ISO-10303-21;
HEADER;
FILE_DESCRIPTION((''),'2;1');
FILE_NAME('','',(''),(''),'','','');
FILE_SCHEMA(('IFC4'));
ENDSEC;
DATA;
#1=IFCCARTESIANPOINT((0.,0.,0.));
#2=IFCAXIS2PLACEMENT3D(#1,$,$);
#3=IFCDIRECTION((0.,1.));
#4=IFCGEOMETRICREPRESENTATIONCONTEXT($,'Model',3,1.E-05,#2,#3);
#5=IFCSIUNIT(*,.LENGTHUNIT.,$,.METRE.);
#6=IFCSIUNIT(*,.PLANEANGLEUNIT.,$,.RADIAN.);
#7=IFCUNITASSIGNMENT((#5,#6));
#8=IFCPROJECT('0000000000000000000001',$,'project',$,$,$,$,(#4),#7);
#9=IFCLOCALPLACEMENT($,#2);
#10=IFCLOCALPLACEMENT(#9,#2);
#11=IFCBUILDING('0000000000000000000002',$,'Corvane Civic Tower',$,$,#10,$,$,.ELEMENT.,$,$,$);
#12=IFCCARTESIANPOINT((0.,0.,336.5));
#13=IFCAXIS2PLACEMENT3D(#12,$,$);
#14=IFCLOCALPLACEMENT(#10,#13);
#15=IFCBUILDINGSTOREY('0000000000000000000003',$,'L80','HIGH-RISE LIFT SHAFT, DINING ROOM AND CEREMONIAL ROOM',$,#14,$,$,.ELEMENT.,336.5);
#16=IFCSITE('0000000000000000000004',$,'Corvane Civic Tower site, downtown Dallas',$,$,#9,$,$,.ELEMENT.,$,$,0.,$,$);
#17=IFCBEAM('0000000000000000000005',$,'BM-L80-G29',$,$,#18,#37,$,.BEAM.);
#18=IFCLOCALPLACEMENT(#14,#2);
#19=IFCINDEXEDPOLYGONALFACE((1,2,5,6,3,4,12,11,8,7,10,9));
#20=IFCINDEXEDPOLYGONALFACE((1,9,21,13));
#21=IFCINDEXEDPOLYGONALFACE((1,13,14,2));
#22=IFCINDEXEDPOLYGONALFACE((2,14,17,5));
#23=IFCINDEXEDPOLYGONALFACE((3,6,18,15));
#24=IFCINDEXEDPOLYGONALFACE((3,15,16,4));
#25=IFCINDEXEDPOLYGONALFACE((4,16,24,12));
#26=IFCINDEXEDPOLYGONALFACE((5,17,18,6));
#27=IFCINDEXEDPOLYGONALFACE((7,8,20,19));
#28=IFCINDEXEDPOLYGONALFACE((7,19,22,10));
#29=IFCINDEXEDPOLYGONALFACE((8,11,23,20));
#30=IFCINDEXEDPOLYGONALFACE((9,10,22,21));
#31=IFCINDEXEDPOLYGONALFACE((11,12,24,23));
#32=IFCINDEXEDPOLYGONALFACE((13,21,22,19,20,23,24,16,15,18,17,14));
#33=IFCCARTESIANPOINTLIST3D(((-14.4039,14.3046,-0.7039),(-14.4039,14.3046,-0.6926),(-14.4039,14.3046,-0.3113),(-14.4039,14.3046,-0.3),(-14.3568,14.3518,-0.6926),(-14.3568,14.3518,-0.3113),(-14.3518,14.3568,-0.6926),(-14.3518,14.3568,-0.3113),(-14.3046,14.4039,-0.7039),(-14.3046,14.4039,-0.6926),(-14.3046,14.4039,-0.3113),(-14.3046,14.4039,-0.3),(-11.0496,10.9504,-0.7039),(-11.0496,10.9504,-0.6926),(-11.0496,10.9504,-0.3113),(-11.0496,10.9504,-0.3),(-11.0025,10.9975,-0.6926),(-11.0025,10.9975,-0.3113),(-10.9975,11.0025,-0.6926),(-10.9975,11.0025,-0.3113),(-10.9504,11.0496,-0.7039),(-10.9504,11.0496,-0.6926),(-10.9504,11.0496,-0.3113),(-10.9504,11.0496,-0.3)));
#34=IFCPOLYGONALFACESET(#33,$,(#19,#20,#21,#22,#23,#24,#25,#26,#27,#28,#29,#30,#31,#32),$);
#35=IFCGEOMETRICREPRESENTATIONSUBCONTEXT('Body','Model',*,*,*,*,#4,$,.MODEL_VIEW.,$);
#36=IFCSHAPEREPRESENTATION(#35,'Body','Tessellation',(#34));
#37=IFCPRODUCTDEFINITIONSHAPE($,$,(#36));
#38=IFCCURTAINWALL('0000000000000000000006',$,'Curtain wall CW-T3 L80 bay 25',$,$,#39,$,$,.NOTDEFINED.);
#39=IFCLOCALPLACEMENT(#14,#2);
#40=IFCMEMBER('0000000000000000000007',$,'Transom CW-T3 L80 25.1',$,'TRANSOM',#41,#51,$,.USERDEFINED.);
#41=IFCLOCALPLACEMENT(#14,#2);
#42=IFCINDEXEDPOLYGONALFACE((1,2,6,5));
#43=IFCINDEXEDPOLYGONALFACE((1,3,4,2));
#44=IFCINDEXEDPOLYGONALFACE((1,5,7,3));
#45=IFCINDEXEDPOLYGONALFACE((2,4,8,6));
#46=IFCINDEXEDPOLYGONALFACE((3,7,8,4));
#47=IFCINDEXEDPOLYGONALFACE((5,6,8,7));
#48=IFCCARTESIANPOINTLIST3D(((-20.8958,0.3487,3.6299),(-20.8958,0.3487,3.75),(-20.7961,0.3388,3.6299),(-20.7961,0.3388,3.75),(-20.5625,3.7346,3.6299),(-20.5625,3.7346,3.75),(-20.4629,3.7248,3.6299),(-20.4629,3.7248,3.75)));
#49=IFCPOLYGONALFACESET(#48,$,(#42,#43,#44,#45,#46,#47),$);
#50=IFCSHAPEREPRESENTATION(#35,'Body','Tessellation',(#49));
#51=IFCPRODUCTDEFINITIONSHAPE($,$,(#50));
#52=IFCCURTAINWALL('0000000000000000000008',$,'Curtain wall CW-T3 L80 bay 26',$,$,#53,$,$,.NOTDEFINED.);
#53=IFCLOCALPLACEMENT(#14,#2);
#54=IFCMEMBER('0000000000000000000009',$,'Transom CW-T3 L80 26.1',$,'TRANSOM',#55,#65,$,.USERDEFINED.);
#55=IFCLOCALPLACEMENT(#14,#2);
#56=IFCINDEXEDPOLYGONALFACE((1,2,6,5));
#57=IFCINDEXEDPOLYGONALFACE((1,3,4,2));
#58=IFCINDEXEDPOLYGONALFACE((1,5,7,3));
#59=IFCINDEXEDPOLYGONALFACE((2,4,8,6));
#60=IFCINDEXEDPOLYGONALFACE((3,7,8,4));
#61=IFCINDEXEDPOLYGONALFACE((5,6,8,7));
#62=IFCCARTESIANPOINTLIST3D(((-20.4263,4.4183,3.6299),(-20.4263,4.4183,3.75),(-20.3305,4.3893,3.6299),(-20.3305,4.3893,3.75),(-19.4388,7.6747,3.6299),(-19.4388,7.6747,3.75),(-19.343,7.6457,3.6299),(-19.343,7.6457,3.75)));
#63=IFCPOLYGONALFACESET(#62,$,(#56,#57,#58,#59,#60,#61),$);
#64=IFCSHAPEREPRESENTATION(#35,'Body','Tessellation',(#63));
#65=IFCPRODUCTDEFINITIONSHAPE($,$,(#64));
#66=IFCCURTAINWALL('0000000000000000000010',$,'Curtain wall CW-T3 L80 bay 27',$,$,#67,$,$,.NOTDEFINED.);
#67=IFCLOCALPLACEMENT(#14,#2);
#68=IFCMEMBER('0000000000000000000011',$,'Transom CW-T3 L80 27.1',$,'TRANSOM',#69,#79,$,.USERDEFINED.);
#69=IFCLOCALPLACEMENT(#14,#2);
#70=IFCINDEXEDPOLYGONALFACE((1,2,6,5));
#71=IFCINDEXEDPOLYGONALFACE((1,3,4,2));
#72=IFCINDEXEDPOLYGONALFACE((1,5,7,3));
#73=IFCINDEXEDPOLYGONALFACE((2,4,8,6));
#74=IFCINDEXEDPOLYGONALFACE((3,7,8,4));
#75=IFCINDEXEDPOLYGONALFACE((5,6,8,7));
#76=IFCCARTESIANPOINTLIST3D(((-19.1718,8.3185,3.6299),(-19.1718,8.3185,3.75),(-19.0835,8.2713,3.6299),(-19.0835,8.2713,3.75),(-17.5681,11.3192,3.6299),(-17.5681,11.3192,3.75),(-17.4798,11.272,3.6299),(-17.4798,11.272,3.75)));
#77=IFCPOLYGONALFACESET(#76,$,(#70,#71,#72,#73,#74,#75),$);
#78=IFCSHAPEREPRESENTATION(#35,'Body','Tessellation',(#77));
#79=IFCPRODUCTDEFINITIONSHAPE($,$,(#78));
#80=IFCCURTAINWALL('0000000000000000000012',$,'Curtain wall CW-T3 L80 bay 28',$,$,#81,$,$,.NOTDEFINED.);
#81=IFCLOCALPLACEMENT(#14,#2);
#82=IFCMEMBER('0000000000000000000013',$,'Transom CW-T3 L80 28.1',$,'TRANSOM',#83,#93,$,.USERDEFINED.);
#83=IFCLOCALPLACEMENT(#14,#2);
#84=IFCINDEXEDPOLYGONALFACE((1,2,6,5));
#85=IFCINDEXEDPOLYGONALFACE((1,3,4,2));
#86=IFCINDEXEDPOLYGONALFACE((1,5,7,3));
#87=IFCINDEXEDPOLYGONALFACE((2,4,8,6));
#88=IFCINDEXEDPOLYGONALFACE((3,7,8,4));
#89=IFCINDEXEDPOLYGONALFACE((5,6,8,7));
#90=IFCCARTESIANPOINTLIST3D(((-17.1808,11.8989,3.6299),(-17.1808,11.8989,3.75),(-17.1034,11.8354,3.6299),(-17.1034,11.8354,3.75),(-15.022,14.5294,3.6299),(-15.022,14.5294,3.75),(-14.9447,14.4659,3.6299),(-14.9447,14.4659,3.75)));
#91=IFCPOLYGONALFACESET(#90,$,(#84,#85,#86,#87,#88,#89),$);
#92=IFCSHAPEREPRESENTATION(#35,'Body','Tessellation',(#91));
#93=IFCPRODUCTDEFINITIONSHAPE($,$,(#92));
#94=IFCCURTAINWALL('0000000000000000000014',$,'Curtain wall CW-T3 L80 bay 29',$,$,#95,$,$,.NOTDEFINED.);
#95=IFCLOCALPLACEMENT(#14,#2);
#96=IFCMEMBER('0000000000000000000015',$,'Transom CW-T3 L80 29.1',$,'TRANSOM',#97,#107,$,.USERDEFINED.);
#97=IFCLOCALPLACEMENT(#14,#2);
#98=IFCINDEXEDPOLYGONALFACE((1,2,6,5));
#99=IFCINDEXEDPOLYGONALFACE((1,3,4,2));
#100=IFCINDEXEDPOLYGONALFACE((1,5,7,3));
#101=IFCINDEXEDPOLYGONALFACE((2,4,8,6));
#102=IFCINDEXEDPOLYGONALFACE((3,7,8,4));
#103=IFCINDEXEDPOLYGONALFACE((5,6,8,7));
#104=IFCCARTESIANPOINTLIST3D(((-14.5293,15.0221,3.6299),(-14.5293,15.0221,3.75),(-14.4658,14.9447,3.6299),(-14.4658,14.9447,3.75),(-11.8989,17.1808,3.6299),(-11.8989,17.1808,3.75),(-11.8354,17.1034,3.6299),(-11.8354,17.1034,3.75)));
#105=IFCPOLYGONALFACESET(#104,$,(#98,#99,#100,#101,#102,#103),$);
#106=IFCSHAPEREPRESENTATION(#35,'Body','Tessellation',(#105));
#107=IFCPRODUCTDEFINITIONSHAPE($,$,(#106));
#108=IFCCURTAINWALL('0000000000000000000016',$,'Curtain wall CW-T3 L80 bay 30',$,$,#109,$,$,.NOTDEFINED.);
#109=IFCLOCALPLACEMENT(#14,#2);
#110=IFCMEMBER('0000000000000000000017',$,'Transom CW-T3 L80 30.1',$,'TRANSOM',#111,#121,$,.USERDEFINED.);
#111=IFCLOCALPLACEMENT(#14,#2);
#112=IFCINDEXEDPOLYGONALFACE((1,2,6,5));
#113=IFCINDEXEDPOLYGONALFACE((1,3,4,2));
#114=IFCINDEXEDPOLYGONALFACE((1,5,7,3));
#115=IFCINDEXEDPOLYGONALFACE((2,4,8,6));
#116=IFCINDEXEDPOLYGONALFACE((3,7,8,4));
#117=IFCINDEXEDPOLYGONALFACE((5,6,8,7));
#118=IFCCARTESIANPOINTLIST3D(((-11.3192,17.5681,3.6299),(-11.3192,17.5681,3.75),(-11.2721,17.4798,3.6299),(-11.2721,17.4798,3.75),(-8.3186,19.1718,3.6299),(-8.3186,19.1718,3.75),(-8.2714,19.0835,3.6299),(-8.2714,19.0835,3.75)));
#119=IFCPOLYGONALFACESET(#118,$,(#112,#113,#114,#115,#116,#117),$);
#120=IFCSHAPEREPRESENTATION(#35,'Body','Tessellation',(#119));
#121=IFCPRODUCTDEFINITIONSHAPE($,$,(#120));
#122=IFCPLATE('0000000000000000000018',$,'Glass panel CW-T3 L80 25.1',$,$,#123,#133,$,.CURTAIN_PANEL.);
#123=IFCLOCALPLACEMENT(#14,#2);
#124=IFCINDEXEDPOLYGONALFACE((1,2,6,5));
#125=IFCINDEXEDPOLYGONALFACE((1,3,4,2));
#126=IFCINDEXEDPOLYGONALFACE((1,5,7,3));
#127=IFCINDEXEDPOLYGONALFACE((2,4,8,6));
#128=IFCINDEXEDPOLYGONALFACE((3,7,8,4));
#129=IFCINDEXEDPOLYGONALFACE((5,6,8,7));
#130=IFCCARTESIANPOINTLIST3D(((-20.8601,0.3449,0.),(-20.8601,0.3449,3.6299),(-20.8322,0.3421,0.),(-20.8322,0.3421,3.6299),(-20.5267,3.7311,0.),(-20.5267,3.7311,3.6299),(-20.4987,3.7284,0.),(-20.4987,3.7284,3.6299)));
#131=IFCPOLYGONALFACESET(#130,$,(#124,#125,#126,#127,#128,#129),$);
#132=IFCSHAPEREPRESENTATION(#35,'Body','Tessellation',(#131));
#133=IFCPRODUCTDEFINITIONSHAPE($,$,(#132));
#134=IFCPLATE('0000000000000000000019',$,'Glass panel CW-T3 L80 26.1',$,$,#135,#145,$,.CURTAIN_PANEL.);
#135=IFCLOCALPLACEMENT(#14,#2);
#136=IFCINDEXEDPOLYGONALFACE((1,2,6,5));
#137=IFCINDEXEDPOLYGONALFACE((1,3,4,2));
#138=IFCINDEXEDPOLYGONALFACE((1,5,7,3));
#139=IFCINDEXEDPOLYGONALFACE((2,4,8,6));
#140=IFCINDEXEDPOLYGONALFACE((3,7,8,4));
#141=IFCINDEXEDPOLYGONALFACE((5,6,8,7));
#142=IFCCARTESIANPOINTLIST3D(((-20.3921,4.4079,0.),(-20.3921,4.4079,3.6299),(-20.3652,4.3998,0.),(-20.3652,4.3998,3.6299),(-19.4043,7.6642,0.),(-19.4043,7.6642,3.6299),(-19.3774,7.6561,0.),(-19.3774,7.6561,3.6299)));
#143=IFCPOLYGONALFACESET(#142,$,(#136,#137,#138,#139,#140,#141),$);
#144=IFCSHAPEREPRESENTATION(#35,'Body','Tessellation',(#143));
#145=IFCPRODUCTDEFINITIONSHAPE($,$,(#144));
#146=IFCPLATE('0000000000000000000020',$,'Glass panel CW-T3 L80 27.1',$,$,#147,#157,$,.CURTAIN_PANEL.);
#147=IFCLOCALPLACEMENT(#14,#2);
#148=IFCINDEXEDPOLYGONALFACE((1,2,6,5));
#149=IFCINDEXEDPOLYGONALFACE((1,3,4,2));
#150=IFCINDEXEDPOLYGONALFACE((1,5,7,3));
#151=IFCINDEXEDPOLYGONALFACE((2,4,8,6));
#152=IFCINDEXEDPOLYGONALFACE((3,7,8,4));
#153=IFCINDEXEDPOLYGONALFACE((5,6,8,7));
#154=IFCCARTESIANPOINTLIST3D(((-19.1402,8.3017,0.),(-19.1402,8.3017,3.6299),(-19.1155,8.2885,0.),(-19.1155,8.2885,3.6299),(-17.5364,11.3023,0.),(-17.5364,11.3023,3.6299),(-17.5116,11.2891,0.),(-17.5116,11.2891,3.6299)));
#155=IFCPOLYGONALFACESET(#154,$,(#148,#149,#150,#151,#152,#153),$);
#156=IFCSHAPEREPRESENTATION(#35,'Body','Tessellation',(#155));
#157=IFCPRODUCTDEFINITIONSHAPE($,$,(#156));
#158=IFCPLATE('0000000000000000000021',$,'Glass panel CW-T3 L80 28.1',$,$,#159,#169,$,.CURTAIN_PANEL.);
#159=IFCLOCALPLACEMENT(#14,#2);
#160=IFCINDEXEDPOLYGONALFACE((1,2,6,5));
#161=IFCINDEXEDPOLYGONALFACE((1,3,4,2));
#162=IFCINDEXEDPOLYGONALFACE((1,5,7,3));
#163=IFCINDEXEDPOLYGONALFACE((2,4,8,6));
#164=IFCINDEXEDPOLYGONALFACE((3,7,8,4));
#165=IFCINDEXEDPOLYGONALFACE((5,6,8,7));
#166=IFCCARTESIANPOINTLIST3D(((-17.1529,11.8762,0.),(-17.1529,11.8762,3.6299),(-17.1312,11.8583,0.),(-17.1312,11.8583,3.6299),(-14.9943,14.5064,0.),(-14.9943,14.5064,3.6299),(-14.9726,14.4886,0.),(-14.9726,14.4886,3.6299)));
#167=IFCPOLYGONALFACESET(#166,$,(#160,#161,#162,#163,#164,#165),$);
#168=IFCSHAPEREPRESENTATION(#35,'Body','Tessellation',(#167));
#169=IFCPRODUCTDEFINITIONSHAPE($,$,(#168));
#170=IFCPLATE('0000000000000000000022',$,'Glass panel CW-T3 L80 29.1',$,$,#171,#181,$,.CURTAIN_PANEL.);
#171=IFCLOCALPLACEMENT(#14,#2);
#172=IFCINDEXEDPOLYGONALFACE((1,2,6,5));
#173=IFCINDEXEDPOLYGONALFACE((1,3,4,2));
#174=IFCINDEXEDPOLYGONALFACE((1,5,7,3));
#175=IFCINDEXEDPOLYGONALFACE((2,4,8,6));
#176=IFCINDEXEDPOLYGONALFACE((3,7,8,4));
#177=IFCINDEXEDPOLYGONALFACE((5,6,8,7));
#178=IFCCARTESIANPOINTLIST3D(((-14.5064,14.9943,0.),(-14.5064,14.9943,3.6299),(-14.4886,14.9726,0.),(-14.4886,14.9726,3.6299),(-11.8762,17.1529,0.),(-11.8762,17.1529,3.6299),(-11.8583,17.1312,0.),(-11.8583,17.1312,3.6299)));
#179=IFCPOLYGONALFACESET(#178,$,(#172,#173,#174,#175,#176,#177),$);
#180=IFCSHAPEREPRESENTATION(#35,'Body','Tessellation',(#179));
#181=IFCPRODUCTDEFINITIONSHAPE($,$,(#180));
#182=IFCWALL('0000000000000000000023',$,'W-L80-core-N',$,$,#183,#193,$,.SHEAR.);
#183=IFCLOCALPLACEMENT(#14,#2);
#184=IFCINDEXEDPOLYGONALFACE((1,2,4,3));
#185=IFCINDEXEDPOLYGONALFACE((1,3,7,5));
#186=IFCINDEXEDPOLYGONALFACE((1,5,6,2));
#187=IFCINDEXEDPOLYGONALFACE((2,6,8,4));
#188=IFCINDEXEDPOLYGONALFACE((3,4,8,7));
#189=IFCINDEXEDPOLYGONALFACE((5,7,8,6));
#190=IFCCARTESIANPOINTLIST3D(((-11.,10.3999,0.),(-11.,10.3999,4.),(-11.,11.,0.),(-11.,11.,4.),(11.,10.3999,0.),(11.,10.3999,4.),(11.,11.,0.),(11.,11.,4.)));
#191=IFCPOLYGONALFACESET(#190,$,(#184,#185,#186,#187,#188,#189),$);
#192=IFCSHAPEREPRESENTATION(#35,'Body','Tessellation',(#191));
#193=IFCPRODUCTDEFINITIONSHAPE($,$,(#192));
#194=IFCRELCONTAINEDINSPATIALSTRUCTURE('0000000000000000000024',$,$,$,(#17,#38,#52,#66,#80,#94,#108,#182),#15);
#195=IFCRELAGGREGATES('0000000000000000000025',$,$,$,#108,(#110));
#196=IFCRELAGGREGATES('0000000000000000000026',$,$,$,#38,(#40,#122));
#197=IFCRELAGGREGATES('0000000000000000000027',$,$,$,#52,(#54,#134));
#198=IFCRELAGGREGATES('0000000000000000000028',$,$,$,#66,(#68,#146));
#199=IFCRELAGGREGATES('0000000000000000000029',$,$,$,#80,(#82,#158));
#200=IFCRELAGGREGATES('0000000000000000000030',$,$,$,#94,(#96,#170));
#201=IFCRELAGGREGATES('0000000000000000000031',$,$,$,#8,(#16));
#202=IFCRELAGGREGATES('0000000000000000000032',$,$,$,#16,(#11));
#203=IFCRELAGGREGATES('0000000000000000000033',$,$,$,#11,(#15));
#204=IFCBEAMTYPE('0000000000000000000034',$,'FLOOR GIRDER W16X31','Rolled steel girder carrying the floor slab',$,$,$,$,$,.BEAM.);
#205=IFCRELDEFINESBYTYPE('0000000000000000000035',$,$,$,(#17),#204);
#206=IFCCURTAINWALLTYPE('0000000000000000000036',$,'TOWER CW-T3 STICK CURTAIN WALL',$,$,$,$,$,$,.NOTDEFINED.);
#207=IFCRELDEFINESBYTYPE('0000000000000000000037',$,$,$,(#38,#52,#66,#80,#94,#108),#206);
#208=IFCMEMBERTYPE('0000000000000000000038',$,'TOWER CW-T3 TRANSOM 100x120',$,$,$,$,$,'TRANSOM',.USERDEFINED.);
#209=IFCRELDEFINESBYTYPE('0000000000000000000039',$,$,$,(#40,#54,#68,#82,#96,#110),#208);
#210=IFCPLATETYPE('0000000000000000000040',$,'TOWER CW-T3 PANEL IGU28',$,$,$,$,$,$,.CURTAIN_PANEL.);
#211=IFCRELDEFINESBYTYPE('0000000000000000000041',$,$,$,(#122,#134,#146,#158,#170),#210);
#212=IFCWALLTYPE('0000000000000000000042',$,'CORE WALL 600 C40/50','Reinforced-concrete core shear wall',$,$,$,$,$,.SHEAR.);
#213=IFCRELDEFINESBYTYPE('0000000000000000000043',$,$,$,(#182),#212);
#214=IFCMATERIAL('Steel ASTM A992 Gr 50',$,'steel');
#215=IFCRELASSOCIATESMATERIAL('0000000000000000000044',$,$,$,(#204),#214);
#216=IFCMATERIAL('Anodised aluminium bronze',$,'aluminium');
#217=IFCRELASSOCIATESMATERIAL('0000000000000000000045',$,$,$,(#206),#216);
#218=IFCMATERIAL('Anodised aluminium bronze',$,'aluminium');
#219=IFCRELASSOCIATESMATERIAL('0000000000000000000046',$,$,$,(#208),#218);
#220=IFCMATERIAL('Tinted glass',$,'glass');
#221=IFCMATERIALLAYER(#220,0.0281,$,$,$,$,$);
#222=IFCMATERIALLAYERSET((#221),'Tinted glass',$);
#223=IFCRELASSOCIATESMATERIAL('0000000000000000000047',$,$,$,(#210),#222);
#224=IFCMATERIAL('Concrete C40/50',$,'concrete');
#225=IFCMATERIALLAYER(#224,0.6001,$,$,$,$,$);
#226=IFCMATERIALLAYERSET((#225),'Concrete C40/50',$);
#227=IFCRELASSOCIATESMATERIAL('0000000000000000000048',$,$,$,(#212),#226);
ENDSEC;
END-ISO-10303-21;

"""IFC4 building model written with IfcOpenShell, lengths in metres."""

from ifc_helpers import new_model, si_unit, direction, frame, frame_2d, origin, origin_2d, place, context, subcontext, project, spatial, rectangle, i_section, extrude, material, layer, layer_set, material_profile, profile_set, type_object, element, aggregate, save


model = new_model("IFC4")

# Units and contexts
model_context = context("Model", 3, precision=1e-05, world=origin(), true_north=direction((0.0, 1.0)))
body_context = subcontext(model_context, "Body", "Model", "MODEL_VIEW")
ifc_project = project(units=[si_unit("LENGTHUNIT", "METRE"), si_unit("PLANEANGLEUNIT", "RADIAN")], contexts=[model_context])

# Site, building, storey
site_placement = place(None, origin())
site = spatial("IfcSite", under=ifc_project, at=site_placement, Name="Corvane Civic Tower site, downtown Dallas", CompositionType="ELEMENT", RefElevation=0.0)
building_placement = place(site_placement, origin())
building = spatial("IfcBuilding", under=site, at=building_placement, Name="Corvane Civic Tower", CompositionType="ELEMENT")
storey_placement = place(building_placement, frame((0.0, 0.0, 336.5)))
storey = spatial("IfcBuildingStorey", under=building, at=storey_placement, Name="L80", Description="HIGH-RISE LIFT SHAFT, DINING ROOM AND CEREMONIAL ROOM", CompositionType="ELEMENT", Elevation=336.5)

# Beam
ifc_material_1 = material(Name="Steel ASTM A992 Gr 50", Category="steel")
ifc_material_profile_1 = material_profile(ifc_material_1, i_section(OverallWidth=0.1404, OverallDepth=0.4038, WebThickness=0.0071, FlangeThickness=0.0112, at=origin_2d()), Name="W16X31")
ifc_profile_set_1 = profile_set([ifc_material_profile_1], Name="Steel ASTM A992 Gr 50")
beam_type_1 = type_object("IfcBeamType", Name="FLOOR GIRDER W16X31", Description="Rolled steel girder carrying the floor slab", PredefinedType="BEAM", material=ifc_profile_set_1)
beam_1_placement = place(storey_placement, frame((-11.0, 11.0, -0.502), z_axis=(-0.707107, 0.707107, 0.0), x_axis=(-0.707107, -0.707107, 0.0)))
element("IfcBeam", 1, at=beam_1_placement, inside=storey, type_object=beam_type_1, Name="BM-L80-G29", PredefinedType="BEAM", context=body_context, shape_type="SweptSolid", body=[
    extrude(i_section(OverallWidth=0.1404, OverallDepth=0.4038, WebThickness=0.0071, FlangeThickness=0.0112, at=origin_2d()), origin(), (0.0, 0.0, 1.0), 4.7437),
])

# Curtain walls, members
ifc_material_2 = material(Name="Anodised aluminium bronze", Category="aluminium")
curtain_wall_type = type_object("IfcCurtainWallType", Name="TOWER CW-T3 STICK CURTAIN WALL", PredefinedType="NOTDEFINED", material=ifc_material_2)
curtain_wall_1_placement = place(storey_placement, origin())
curtain_wall_1 = element("IfcCurtainWall", 2, at=curtain_wall_1_placement, inside=storey, type_object=curtain_wall_type, Name="Curtain wall CW-T3 L80 bay 25", PredefinedType="NOTDEFINED")
ifc_material_3 = material(Name="Anodised aluminium bronze", Category="aluminium")
ifc_material_profile_2 = material_profile(ifc_material_3, rectangle(XDim=0.1001, YDim=0.1201, at=origin_2d()), Name="TOWER CW-T3 TRANSOM 100x120")
ifc_profile_set_2 = profile_set([ifc_material_profile_2], Name="Anodised aluminium bronze")
member_type = type_object("IfcMemberType", Name="TOWER CW-T3 TRANSOM 100x120", ElementType="TRANSOM", PredefinedType="USERDEFINED", material=ifc_profile_set_2)
member_1_placement = place(storey_placement, frame((-20.8459, 0.3438, 3.6899), z_axis=(0.097948, 0.995192, 0.0), x_axis=(-0.995192, 0.097948, 0.0)))
member_1 = element("IfcMember", 3, at=member_1_placement, type_object=member_type, Name="Transom CW-T3 L80 25.1", ObjectType="TRANSOM", PredefinedType="USERDEFINED", context=body_context, shape_type="SweptSolid", body=[
    extrude(rectangle(XDim=0.1001, YDim=0.1201, at=origin_2d()), origin(), (0.0, 0.0, 1.0), 3.4023),
])
curtain_wall_2_placement = place(storey_placement, origin())
curtain_wall_2 = element("IfcCurtainWall", 4, at=curtain_wall_2_placement, inside=storey, type_object=curtain_wall_type, Name="Curtain wall CW-T3 L80 bay 26", PredefinedType="NOTDEFINED")
member_2_placement = place(storey_placement, frame((-20.3784, 4.4038, 3.6899), z_axis=(0.290216, 0.956961, 0.0), x_axis=(-0.956961, 0.290216, 0.0)))
member_2 = element("IfcMember", 5, at=member_2_placement, type_object=member_type, Name="Transom CW-T3 L80 26.1", ObjectType="TRANSOM", PredefinedType="USERDEFINED", context=body_context, shape_type="SweptSolid", body=[
    extrude(rectangle(XDim=0.1001, YDim=0.1201, at=origin_2d()), origin(), (0.0, 0.0, 1.0), 3.4028),
])
curtain_wall_3_placement = place(storey_placement, origin())
curtain_wall_3 = element("IfcCurtainWall", 6, at=curtain_wall_3_placement, inside=storey, type_object=curtain_wall_type, Name="Curtain wall CW-T3 L80 bay 27", PredefinedType="NOTDEFINED")
member_3_placement = place(storey_placement, frame((-19.1277, 8.2949, 3.6899), z_axis=(0.471359, 0.881941, 0.0), x_axis=(-0.881941, 0.471359, 0.0)))
member_3 = element("IfcMember", 7, at=member_3_placement, type_object=member_type, Name="Transom CW-T3 L80 27.1", ObjectType="TRANSOM", PredefinedType="USERDEFINED", context=body_context, shape_type="SweptSolid", body=[
    extrude(rectangle(XDim=0.1001, YDim=0.1201, at=origin_2d()), origin(), (0.0, 0.0, 1.0), 3.4023),
])
curtain_wall_4_placement = place(storey_placement, origin())
curtain_wall_4 = element("IfcCurtainWall", 8, at=curtain_wall_4_placement, inside=storey, type_object=curtain_wall_type, Name="Curtain wall CW-T3 L80 bay 28", PredefinedType="NOTDEFINED")
member_4_placement = place(storey_placement, frame((-17.1421, 11.8672, 3.6899), z_axis=(0.634394, 0.77301, 0.0), x_axis=(-0.77301, 0.634394, 0.0)))
member_4 = element("IfcMember", 9, at=member_4_placement, type_object=member_type, Name="Transom CW-T3 L80 28.1", ObjectType="TRANSOM", PredefinedType="USERDEFINED", context=body_context, shape_type="SweptSolid", body=[
    extrude(rectangle(XDim=0.1001, YDim=0.1201, at=origin_2d()), origin(), (0.0, 0.0, 1.0), 3.4028),
])
curtain_wall_5_placement = place(storey_placement, origin())
curtain_wall_5 = element("IfcCurtainWall", 10, at=curtain_wall_5_placement, inside=storey, type_object=curtain_wall_type, Name="Curtain wall CW-T3 L80 bay 29", PredefinedType="NOTDEFINED")
member_5_placement = place(storey_placement, frame((-14.4976, 14.9834, 3.6899), z_axis=(0.77301, 0.634394, 0.0), x_axis=(-0.634394, 0.77301, 0.0)))
member_5 = element("IfcMember", 11, at=member_5_placement, type_object=member_type, Name="Transom CW-T3 L80 29.1", ObjectType="TRANSOM", PredefinedType="USERDEFINED", context=body_context, shape_type="SweptSolid", body=[
    extrude(rectangle(XDim=0.1001, YDim=0.1201, at=origin_2d()), origin(), (0.0, 0.0, 1.0), 3.4028),
])
curtain_wall_6_placement = place(storey_placement, origin())
curtain_wall_6 = element("IfcCurtainWall", 12, at=curtain_wall_6_placement, inside=storey, type_object=curtain_wall_type, Name="Curtain wall CW-T3 L80 bay 30", PredefinedType="NOTDEFINED")
member_6_placement = place(storey_placement, frame((-11.2957, 17.5239, 3.6899), z_axis=(0.881941, 0.471359, 0.0), x_axis=(-0.471359, 0.881941, 0.0)))
member_6 = element("IfcMember", 13, at=member_6_placement, type_object=member_type, Name="Transom CW-T3 L80 30.1", ObjectType="TRANSOM", PredefinedType="USERDEFINED", context=body_context, shape_type="SweptSolid", body=[
    extrude(rectangle(XDim=0.1001, YDim=0.1201, at=origin_2d()), origin(), (0.0, 0.0, 1.0), 3.4023),
])
aggregate(curtain_wall_6, [member_6])

# Plates
ifc_material_4 = material(Name="Tinted glass", Category="glass")
ifc_layer_1 = layer(ifc_material_4, 0.0281)
ifc_layer_set_1 = layer_set([ifc_layer_1], Name="Tinted glass")
plate_type = type_object("IfcPlateType", Name="TOWER CW-T3 PANEL IGU28", PredefinedType="CURTAIN_PANEL", material=ifc_layer_set_1)
plate_1_placement = place(storey_placement, frame((-20.6794, 2.0366, 0.0), z_axis=(0.0, 0.0, 1.0), x_axis=(0.097998, 0.995187, 0.0)))
plate_1 = element("IfcPlate", 14, at=plate_1_placement, type_object=plate_type, Name="Glass panel CW-T3 L80 25.1", PredefinedType="CURTAIN_PANEL", context=body_context, shape_type="SweptSolid", body=[
    extrude(rectangle(XDim=3.4026, YDim=0.0281, at=origin_2d()), origin(), (0.0, 0.0, 1.0), 3.6299),
])
aggregate(curtain_wall_1, [member_1, plate_1])
plate_2_placement = place(storey_placement, frame((-19.8848, 6.032, 0.0), z_axis=(0.0, 0.0, 1.0), x_axis=(0.29029, 0.956939, 0.0)))
plate_2 = element("IfcPlate", 15, at=plate_2_placement, type_object=plate_type, Name="Glass panel CW-T3 L80 26.1", PredefinedType="CURTAIN_PANEL", context=body_context, shape_type="SweptSolid", body=[
    extrude(rectangle(XDim=3.4028, YDim=0.0281, at=origin_2d()), origin(), (0.0, 0.0, 1.0), 3.6299),
])
aggregate(curtain_wall_2, [member_2, plate_2])
plate_3_placement = place(storey_placement, frame((-18.3259, 9.7954, 0.0), z_axis=(0.0, 0.0, 1.0), x_axis=(0.471384, 0.881928, 0.0)))
plate_3 = element("IfcPlate", 16, at=plate_3_placement, type_object=plate_type, Name="Glass panel CW-T3 L80 27.1", PredefinedType="CURTAIN_PANEL", context=body_context, shape_type="SweptSolid", body=[
    extrude(rectangle(XDim=3.4023, YDim=0.0281, at=origin_2d()), origin(), (0.0, 0.0, 1.0), 3.6299),
])
aggregate(curtain_wall_3, [member_3, plate_3])
plate_4_placement = place(storey_placement, frame((-16.0627, 13.1824, 0.0), z_axis=(0.0, 0.0, 1.0), x_axis=(0.634393, 0.77301, 0.0)))
plate_4 = element("IfcPlate", 17, at=plate_4_placement, type_object=plate_type, Name="Glass panel CW-T3 L80 28.1", PredefinedType="CURTAIN_PANEL", context=body_context, shape_type="SweptSolid", body=[
    extrude(rectangle(XDim=3.4026, YDim=0.0281, at=origin_2d()), origin(), (0.0, 0.0, 1.0), 3.6299),
])
aggregate(curtain_wall_4, [member_4, plate_4])
plate_5_placement = place(storey_placement, frame((-13.1824, 16.0627, 0.0), z_axis=(0.0, 0.0, 1.0), x_axis=(0.77301, 0.634393, 0.0)))
plate_5 = element("IfcPlate", 18, at=plate_5_placement, type_object=plate_type, Name="Glass panel CW-T3 L80 29.1", PredefinedType="CURTAIN_PANEL", context=body_context, shape_type="SweptSolid", body=[
    extrude(rectangle(XDim=3.4026, YDim=0.0281, at=origin_2d()), origin(), (0.0, 0.0, 1.0), 3.6299),
])
aggregate(curtain_wall_5, [member_5, plate_5])

# Wall
ifc_material_5 = material(Name="Concrete C40/50", Category="concrete")
ifc_layer_2 = layer(ifc_material_5, 0.6001)
ifc_layer_set_2 = layer_set([ifc_layer_2], Name="Concrete C40/50")
wall_type_1 = type_object("IfcWallType", Name="CORE WALL 600 C40/50", Description="Reinforced-concrete core shear wall", PredefinedType="SHEAR", material=ifc_layer_set_2)
wall_1_placement = place(storey_placement, frame((-11.0, 10.7, 0.0), z_axis=(0.0, 0.0, 1.0), x_axis=(1.0, 0.0, 0.0)))
element("IfcWall", 19, at=wall_1_placement, inside=storey, type_object=wall_type_1, Name="W-L80-core-N", PredefinedType="SHEAR", context=body_context, shape_type="SweptSolid", body=[
    extrude(rectangle(XDim=22.0, YDim=0.6001, at=frame_2d((11.0, 0.0))), origin(), (0.0, 0.0, 1.0), 4.0),
])

save(model, "model.ifc")
